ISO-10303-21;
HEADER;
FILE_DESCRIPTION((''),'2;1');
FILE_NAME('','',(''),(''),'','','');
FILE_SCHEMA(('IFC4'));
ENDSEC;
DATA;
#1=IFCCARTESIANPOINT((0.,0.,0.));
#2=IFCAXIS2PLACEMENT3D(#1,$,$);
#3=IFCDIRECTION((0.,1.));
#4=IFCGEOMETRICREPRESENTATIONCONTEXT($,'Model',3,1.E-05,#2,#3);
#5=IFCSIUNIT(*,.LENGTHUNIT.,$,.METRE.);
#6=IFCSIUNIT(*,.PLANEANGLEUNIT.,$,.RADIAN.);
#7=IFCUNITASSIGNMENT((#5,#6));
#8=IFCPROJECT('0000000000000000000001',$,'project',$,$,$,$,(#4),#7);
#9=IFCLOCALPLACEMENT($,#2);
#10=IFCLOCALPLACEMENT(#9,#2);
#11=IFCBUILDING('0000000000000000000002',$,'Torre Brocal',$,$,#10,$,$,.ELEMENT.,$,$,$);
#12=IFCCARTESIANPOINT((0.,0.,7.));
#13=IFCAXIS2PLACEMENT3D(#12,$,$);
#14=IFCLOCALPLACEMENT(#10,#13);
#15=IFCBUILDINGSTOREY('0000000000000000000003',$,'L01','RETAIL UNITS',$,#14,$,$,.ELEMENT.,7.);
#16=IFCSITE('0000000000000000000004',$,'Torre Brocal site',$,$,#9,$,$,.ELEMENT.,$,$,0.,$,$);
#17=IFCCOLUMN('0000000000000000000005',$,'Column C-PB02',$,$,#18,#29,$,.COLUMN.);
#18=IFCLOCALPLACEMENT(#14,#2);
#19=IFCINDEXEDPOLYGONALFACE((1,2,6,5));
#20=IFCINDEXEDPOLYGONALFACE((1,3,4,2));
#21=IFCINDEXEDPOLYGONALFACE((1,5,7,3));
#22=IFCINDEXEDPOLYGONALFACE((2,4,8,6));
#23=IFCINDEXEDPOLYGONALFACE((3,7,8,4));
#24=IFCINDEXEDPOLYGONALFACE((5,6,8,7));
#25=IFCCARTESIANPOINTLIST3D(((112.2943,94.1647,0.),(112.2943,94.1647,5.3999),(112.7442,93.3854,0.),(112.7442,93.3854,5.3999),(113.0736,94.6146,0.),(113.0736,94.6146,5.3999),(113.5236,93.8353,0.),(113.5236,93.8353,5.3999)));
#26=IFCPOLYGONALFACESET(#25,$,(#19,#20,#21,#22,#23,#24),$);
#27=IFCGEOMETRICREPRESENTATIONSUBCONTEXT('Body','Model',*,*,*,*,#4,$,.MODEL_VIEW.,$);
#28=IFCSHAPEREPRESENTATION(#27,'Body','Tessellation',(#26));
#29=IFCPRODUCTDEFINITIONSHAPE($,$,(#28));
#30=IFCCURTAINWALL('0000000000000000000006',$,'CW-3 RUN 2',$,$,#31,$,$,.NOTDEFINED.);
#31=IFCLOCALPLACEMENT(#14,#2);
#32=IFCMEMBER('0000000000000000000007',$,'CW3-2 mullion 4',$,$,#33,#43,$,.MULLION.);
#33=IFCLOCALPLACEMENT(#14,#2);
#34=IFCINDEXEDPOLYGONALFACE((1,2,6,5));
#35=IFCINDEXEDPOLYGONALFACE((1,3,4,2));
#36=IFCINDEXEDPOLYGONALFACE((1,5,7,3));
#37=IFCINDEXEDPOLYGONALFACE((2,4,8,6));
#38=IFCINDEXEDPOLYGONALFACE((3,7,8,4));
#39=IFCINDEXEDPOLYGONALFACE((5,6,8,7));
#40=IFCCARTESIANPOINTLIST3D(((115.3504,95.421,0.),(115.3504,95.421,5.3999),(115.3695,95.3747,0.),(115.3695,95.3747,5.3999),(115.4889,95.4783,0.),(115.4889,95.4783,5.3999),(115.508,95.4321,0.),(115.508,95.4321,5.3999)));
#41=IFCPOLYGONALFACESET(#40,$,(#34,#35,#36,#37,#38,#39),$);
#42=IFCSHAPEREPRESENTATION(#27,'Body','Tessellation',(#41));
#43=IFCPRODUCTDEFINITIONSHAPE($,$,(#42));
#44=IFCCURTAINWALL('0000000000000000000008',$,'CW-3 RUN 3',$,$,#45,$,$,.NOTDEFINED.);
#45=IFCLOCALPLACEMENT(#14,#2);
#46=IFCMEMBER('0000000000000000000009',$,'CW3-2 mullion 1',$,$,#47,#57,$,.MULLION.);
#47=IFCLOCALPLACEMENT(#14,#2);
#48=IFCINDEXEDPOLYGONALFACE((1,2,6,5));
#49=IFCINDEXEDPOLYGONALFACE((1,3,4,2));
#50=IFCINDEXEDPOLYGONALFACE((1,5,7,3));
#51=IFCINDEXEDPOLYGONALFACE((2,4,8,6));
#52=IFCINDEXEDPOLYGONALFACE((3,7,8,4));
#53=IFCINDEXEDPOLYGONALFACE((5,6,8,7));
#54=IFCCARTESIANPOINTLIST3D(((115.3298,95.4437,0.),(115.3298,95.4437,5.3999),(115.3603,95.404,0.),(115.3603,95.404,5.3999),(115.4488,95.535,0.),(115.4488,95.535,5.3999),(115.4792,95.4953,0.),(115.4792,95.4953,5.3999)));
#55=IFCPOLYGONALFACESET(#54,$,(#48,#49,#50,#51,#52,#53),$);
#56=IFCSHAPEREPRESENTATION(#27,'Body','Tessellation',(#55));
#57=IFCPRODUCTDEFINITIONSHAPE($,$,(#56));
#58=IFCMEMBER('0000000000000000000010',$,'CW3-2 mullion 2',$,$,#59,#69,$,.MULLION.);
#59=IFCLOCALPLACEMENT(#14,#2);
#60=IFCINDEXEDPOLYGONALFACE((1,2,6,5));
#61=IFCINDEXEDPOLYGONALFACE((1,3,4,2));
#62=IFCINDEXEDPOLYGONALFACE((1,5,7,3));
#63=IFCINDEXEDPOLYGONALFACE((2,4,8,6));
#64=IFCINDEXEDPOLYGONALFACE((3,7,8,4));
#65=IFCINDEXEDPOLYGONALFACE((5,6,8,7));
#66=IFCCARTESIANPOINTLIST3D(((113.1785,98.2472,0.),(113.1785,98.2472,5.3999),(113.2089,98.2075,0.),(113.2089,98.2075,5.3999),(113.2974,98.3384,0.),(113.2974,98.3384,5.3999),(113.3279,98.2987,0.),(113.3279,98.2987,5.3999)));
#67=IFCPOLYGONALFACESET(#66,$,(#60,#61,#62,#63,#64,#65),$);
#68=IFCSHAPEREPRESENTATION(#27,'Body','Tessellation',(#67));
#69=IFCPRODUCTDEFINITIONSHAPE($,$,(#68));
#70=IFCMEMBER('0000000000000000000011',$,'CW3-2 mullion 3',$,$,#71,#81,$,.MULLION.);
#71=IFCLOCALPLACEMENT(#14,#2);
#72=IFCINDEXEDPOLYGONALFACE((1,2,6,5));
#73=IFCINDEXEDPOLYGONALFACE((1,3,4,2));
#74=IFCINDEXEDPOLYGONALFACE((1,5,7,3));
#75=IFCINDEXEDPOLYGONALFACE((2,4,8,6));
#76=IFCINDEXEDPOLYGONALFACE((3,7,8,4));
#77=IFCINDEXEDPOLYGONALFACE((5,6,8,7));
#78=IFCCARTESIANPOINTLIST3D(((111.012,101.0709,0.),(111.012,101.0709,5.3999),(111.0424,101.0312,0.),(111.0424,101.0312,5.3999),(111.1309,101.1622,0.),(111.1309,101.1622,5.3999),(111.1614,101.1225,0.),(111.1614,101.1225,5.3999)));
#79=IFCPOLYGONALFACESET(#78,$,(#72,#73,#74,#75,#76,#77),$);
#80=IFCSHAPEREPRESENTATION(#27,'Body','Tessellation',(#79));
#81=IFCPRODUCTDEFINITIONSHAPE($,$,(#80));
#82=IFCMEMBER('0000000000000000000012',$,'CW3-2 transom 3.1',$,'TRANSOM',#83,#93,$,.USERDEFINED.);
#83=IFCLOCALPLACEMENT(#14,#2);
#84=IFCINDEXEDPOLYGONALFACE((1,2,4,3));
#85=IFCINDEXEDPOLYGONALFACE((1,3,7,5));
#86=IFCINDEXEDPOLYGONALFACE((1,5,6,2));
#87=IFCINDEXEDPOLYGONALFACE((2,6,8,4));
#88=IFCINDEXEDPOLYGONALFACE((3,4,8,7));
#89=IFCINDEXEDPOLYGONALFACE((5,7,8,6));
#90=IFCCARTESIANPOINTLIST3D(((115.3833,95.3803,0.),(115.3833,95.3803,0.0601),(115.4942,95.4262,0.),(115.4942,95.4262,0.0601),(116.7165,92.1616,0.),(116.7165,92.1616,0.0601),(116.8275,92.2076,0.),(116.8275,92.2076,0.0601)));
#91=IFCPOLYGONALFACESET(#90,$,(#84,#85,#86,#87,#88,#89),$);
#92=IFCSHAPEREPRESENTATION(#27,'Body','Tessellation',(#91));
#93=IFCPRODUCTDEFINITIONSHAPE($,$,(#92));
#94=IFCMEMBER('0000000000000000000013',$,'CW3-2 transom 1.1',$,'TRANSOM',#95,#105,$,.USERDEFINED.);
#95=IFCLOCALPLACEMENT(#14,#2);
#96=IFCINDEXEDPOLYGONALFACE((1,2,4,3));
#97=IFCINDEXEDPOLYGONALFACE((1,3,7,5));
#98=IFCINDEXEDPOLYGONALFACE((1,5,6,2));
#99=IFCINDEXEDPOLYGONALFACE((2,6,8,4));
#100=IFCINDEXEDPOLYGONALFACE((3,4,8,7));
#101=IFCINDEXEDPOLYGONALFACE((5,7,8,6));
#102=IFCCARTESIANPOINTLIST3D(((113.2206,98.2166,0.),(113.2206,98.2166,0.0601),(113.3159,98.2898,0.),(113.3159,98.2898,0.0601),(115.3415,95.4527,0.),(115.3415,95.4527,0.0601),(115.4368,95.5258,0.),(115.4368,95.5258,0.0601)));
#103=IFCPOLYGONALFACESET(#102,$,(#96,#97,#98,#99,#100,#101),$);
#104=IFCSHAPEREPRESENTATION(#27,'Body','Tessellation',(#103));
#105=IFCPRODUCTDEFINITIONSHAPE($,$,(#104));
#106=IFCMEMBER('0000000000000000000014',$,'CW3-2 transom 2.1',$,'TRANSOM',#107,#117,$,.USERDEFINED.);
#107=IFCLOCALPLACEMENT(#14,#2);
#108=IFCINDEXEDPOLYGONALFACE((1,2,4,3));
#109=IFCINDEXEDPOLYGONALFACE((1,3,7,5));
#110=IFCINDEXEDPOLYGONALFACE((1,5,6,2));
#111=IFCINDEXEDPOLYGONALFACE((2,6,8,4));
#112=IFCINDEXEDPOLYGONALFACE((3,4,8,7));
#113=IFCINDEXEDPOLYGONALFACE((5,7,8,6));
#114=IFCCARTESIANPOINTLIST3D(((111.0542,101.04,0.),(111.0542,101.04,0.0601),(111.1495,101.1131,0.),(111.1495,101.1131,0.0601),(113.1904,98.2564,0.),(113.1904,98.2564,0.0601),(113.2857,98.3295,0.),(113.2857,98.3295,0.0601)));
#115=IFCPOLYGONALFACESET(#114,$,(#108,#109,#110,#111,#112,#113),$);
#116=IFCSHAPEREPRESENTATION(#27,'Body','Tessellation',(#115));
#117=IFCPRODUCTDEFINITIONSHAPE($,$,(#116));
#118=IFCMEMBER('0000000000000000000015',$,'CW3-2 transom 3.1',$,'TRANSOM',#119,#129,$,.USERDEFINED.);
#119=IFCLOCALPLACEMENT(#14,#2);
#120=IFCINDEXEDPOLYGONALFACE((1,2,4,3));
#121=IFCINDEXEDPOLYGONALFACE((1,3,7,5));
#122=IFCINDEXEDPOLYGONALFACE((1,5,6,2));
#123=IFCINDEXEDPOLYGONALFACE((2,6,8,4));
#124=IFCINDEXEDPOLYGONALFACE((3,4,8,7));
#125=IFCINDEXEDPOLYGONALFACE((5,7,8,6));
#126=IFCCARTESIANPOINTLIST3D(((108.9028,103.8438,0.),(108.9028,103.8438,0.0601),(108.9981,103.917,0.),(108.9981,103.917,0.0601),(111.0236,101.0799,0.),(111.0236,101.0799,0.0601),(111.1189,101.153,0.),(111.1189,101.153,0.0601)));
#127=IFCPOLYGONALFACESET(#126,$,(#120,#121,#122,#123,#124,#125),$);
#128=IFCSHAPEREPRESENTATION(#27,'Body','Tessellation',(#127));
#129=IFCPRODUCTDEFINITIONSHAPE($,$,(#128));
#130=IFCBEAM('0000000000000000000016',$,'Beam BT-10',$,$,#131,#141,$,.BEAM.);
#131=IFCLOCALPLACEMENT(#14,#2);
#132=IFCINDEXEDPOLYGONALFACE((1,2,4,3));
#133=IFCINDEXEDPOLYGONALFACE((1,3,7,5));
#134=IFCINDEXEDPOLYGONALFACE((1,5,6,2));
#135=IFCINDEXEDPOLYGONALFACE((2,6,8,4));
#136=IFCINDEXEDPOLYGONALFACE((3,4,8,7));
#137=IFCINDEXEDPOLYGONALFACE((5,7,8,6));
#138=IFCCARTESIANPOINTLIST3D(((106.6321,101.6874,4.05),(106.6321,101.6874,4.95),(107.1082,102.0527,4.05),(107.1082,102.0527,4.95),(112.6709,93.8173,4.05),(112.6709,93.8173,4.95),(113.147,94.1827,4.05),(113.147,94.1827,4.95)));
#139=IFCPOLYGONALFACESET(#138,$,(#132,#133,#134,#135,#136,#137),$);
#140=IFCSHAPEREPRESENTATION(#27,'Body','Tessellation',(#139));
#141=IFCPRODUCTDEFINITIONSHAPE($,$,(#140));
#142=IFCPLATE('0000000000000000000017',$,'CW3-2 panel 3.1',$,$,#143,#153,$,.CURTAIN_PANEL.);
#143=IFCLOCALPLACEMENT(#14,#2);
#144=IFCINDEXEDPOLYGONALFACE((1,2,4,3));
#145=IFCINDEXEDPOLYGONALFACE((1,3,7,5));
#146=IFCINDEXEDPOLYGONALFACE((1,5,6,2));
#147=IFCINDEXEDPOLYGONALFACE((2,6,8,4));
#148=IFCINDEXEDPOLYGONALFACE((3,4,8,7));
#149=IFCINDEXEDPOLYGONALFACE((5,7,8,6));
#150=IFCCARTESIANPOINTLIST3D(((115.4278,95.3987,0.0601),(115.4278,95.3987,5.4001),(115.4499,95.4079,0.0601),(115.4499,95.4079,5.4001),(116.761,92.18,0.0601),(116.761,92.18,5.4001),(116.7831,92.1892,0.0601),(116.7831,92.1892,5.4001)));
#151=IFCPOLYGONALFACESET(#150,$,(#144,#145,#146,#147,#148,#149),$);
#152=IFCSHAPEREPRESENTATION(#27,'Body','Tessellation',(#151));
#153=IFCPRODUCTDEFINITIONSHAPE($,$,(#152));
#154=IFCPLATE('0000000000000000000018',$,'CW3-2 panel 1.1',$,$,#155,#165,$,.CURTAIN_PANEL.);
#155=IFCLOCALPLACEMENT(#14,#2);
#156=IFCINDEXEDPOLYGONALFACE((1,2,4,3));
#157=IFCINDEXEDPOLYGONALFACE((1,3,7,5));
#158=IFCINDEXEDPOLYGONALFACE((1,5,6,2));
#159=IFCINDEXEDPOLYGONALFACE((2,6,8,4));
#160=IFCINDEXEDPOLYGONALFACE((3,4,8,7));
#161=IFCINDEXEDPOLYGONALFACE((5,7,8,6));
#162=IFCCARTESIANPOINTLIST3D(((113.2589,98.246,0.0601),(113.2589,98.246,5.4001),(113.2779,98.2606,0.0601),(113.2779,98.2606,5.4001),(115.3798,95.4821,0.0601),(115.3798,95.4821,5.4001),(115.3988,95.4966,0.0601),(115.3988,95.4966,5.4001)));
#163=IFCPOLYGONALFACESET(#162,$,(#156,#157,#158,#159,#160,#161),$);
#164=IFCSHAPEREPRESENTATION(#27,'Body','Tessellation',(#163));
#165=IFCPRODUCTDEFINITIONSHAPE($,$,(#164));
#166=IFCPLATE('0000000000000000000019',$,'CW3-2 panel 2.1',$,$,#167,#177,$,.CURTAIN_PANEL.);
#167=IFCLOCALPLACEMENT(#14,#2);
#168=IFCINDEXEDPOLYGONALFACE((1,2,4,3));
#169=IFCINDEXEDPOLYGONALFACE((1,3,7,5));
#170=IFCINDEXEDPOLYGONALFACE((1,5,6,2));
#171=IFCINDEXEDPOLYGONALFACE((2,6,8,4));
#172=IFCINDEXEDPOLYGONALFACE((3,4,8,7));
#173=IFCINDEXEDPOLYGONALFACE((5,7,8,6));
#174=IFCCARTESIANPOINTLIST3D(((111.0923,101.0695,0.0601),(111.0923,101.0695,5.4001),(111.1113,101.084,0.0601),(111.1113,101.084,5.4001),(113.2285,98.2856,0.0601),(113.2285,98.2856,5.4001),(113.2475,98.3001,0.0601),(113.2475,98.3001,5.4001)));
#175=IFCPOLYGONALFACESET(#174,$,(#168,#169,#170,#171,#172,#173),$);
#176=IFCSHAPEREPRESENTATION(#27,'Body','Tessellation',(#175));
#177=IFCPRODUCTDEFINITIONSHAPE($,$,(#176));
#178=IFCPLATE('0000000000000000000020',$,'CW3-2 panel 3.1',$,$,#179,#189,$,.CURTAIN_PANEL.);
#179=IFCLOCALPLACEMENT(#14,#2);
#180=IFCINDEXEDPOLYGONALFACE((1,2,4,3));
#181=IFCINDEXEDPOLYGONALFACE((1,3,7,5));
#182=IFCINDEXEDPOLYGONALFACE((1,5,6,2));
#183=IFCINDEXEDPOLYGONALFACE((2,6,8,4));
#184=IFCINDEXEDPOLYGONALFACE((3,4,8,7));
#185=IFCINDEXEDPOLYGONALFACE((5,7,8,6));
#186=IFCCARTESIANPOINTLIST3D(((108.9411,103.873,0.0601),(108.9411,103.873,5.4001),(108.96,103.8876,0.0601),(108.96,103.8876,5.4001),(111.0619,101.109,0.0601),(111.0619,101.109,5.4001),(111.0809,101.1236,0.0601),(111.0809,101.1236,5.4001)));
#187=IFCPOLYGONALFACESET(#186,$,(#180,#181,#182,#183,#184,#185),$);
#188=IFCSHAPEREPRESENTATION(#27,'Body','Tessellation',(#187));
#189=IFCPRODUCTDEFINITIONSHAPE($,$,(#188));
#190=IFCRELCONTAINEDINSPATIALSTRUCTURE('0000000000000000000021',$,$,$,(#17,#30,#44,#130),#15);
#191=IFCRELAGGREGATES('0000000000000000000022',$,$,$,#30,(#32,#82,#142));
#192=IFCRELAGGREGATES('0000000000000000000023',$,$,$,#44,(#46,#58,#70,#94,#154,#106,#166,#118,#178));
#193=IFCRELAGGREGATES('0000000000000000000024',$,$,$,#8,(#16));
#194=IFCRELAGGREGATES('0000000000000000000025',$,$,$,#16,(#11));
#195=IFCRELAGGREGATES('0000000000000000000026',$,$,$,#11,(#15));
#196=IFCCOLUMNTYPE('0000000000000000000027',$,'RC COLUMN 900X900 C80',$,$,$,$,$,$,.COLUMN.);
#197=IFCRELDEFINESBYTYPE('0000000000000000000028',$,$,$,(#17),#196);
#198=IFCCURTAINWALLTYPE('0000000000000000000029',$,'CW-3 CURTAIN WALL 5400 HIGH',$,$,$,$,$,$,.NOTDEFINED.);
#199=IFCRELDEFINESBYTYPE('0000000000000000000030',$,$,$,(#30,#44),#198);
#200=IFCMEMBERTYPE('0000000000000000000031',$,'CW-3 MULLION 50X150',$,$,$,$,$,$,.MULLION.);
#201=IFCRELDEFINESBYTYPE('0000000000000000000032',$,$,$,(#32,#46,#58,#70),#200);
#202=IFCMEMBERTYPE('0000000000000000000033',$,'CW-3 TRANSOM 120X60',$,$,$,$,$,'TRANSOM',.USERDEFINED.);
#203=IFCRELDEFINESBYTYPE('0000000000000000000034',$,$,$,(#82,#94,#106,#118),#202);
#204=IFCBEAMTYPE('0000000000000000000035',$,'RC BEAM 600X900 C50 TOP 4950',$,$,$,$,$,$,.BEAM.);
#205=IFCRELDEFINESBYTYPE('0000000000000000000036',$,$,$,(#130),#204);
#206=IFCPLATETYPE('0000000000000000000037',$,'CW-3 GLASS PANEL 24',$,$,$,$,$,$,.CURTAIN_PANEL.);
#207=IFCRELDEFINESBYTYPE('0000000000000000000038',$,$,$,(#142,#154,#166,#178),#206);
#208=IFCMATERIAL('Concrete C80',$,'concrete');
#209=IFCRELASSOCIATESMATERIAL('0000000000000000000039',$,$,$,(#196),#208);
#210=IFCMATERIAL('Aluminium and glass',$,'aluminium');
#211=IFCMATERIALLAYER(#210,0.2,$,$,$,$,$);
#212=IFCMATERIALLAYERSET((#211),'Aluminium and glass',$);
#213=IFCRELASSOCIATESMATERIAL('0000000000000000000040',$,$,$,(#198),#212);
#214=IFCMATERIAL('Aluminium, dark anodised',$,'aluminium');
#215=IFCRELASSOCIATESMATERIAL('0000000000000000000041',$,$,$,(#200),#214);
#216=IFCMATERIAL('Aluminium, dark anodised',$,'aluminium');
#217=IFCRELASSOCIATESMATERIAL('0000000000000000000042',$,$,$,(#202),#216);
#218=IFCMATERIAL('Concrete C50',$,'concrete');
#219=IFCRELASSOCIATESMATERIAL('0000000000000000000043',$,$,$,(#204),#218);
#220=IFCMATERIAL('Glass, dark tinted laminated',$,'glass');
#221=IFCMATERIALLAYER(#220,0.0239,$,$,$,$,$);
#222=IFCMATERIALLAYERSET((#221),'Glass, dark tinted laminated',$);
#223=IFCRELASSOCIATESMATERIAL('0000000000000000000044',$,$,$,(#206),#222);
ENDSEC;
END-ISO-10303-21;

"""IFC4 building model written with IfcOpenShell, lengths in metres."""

from ifc_helpers import new_model, si_unit, direction, frame, origin, origin_2d, place, context, subcontext, project, spatial, rectangle, extrude, material, layer, layer_set, material_profile, profile_set, type_object, element, aggregate, save


model = new_model("IFC4")

# Units and contexts
model_context = context("Model", 3, precision=1e-05, world=origin(), true_north=direction((0.0, 1.0)))
body_context = subcontext(model_context, "Body", "Model", "MODEL_VIEW")
ifc_project = project(units=[si_unit("LENGTHUNIT", "METRE"), si_unit("PLANEANGLEUNIT", "RADIAN")], contexts=[model_context])

# Site, building, storey
site_placement = place(None, origin())
site = spatial("IfcSite", under=ifc_project, at=site_placement, Name="Torre Brocal site", CompositionType="ELEMENT", RefElevation=0.0)
building_placement = place(site_placement, origin())
building = spatial("IfcBuilding", under=site, at=building_placement, Name="Torre Brocal", CompositionType="ELEMENT")
storey_placement = place(building_placement, frame((0.0, 0.0, 7.0)))
storey = spatial("IfcBuildingStorey", under=building, at=storey_placement, Name="L01", Description="RETAIL UNITS", CompositionType="ELEMENT", Elevation=7.0)

# Column
ifc_material_1 = material(Name="Concrete C80", Category="concrete")
ifc_material_profile_1 = material_profile(ifc_material_1, rectangle(XDim=0.8999, YDim=0.8999, at=origin_2d()), Name="RC 900X900")
ifc_profile_set_1 = profile_set([ifc_material_profile_1], Name="Concrete C80")
column_type = type_object("IfcColumnType", Name="RC COLUMN 900X900 C80", PredefinedType="COLUMN", material=ifc_profile_set_1)
column_placement = place(storey_placement, frame((112.9089, 94.0, 0.0), z_axis=(0.0, 0.0, 1.0), x_axis=(0.866025, 0.5, 0.0)))
element("IfcColumn", 1, at=column_placement, inside=storey, type_object=column_type, Name="Column C-PB02", PredefinedType="COLUMN", context=body_context, shape_type="SweptSolid", body=[
    extrude(rectangle(XDim=0.8999, YDim=0.8999, at=origin_2d()), origin(), (0.0, 0.0, 1.0), 5.3999),
])

# Curtain wall, member
ifc_material_2 = material(Name="Aluminium and glass", Category="aluminium")
ifc_layer_1 = layer(ifc_material_2, 0.2)
ifc_layer_set_1 = layer_set([ifc_layer_1], Name="Aluminium and glass")
curtain_wall_type = type_object("IfcCurtainWallType", Name="CW-3 CURTAIN WALL 5400 HIGH", PredefinedType="NOTDEFINED", material=ifc_layer_set_1)
curtain_wall_1_placement = place(storey_placement, origin())
curtain_wall_1 = element("IfcCurtainWall", 2, at=curtain_wall_1_placement, inside=storey, type_object=curtain_wall_type, Name="CW-3 RUN 2", PredefinedType="NOTDEFINED")
ifc_material_3 = material(Name="Aluminium, dark anodised", Category="aluminium")
ifc_material_profile_2 = material_profile(ifc_material_3, rectangle(XDim=0.1499, YDim=0.05, at=origin_2d()), Name="CW-3 MULLION 50X150")
ifc_profile_set_2 = profile_set([ifc_material_profile_2], Name="Aluminium, dark anodised")
member_type_1 = type_object("IfcMemberType", Name="CW-3 MULLION 50X150", PredefinedType="MULLION", material=ifc_profile_set_2)
member_1_placement = place(storey_placement, frame((115.4292, 95.4265, 0.0), z_axis=(0.0, 0.0, 1.0), x_axis=(-0.92388, -0.382683, 0.0)))
member_1 = element("IfcMember", 3, at=member_1_placement, type_object=member_type_1, Name="CW3-2 mullion 4", PredefinedType="MULLION", context=body_context, shape_type="SweptSolid", body=[
    extrude(rectangle(XDim=0.1499, YDim=0.05, at=origin_2d()), origin(), (0.0, 0.0, 1.0), 5.3999),
])

# Curtain wall, members
curtain_wall_2_placement = place(storey_placement, origin())
curtain_wall_2 = element("IfcCurtainWall", 4, at=curtain_wall_2_placement, inside=storey, type_object=curtain_wall_type, Name="CW-3 RUN 3", PredefinedType="NOTDEFINED")
member_2_placement = place(storey_placement, frame((115.4045, 95.4695, 0.0), z_axis=(0.0, 0.0, 1.0), x_axis=(-0.793353, -0.608761, 0.0)))
member_2 = element("IfcMember", 5, at=member_2_placement, type_object=member_type_1, Name="CW3-2 mullion 1", PredefinedType="MULLION", context=body_context, shape_type="SweptSolid", body=[
    extrude(rectangle(XDim=0.1499, YDim=0.05, at=origin_2d()), origin(), (0.0, 0.0, 1.0), 5.3999),
])
member_3_placement = place(storey_placement, frame((113.2532, 98.2729, 0.0), z_axis=(0.0, 0.0, 1.0), x_axis=(-0.793353, -0.608761, 0.0)))
member_3 = element("IfcMember", 6, at=member_3_placement, type_object=member_type_1, Name="CW3-2 mullion 2", PredefinedType="MULLION", context=body_context, shape_type="SweptSolid", body=[
    extrude(rectangle(XDim=0.1499, YDim=0.05, at=origin_2d()), origin(), (0.0, 0.0, 1.0), 5.3999),
])
member_4_placement = place(storey_placement, frame((111.0867, 101.0967, 0.0), z_axis=(0.0, 0.0, 1.0), x_axis=(-0.793353, -0.608761, 0.0)))
member_4 = element("IfcMember", 7, at=member_4_placement, type_object=member_type_1, Name="CW3-2 mullion 3", PredefinedType="MULLION", context=body_context, shape_type="SweptSolid", body=[
    extrude(rectangle(XDim=0.1499, YDim=0.05, at=origin_2d()), origin(), (0.0, 0.0, 1.0), 5.3999),
])

# Members
ifc_material_4 = material(Name="Aluminium, dark anodised", Category="aluminium")
ifc_material_profile_3 = material_profile(ifc_material_4, rectangle(XDim=0.1201, YDim=0.0601, at=origin_2d()), Name="CW-3 TRANSOM 120X60")
ifc_profile_set_3 = profile_set([ifc_material_profile_3], Name="Aluminium, dark anodised")
member_type_2 = type_object("IfcMemberType", Name="CW-3 TRANSOM 120X60", ElementType="TRANSOM", PredefinedType="USERDEFINED", material=ifc_profile_set_3)
member_5_placement = place(storey_placement, frame((116.772, 92.1846, 0.03), z_axis=(-0.382684, 0.923879, 0.0), x_axis=(-0.923879, -0.382684, 0.0)))
member_5 = element("IfcMember", 8, at=member_5_placement, type_object=member_type_2, Name="CW3-2 transom 3.1", ObjectType="TRANSOM", PredefinedType="USERDEFINED", context=body_context, shape_type="SweptSolid", body=[
    extrude(rectangle(XDim=0.1201, YDim=0.0601, at=origin_2d()), origin(), (0.0, 0.0, 1.0), 3.4839),
])
member_6_placement = place(storey_placement, frame((115.3892, 95.4893, 0.03), z_axis=(-0.608765, 0.79335, 0.0), x_axis=(-0.79335, -0.608765, 0.0)))
member_6 = element("IfcMember", 9, at=member_6_placement, type_object=member_type_2, Name="CW3-2 transom 1.1", ObjectType="TRANSOM", PredefinedType="USERDEFINED", context=body_context, shape_type="SweptSolid", body=[
    extrude(rectangle(XDim=0.1201, YDim=0.0601, at=origin_2d()), origin(), (0.0, 0.0, 1.0), 3.4839),
])
member_7_placement = place(storey_placement, frame((113.238, 98.293, 0.03), z_axis=(-0.608802, 0.793322, 0.0), x_axis=(-0.793322, -0.608802, 0.0)))
member_7 = element("IfcMember", 10, at=member_7_placement, type_object=member_type_2, Name="CW3-2 transom 2.1", ObjectType="TRANSOM", PredefinedType="USERDEFINED", context=body_context, shape_type="SweptSolid", body=[
    extrude(rectangle(XDim=0.1201, YDim=0.0601, at=origin_2d()), origin(), (0.0, 0.0, 1.0), 3.5088),
])
member_8_placement = place(storey_placement, frame((111.0713, 101.1165, 0.03), z_axis=(-0.608765, 0.79335, 0.0), x_axis=(-0.79335, -0.608765, 0.0)))
member_8 = element("IfcMember", 11, at=member_8_placement, type_object=member_type_2, Name="CW3-2 transom 3.1", ObjectType="TRANSOM", PredefinedType="USERDEFINED", context=body_context, shape_type="SweptSolid", body=[
    extrude(rectangle(XDim=0.1201, YDim=0.0601, at=origin_2d()), origin(), (0.0, 0.0, 1.0), 3.4839),
])

# Beam
ifc_material_5 = material(Name="Concrete C50", Category="concrete")
ifc_material_profile_4 = material_profile(ifc_material_5, rectangle(XDim=0.6001, YDim=0.8999, at=origin_2d()), Name="RC 600X900")
ifc_profile_set_4 = profile_set([ifc_material_profile_4], Name="Concrete C50")
beam_type = type_object("IfcBeamType", Name="RC BEAM 600X900 C50 TOP 4950", PredefinedType="BEAM", material=ifc_profile_set_4)
beam_placement = place(storey_placement, frame((112.9089, 94.0, 4.5), z_axis=(-0.608753, 0.79336, 0.0), x_axis=(-0.79336, -0.608753, 0.0)))
element("IfcBeam", 12, at=beam_placement, inside=storey, type_object=beam_type, Name="Beam BT-10", PredefinedType="BEAM", context=body_context, shape_type="SweptSolid", body=[
    extrude(rectangle(XDim=0.6001, YDim=0.8999, at=origin_2d()), origin(), (0.0, 0.0, 1.0), 9.9199),
])

# Plates
ifc_material_6 = material(Name="Glass, dark tinted laminated", Category="glass")
ifc_layer_2 = layer(ifc_material_6, 0.0239)
ifc_layer_set_2 = layer_set([ifc_layer_2], Name="Glass, dark tinted laminated")
plate_type = type_object("IfcPlateType", Name="CW-3 GLASS PANEL 24", PredefinedType="CURTAIN_PANEL", material=ifc_layer_set_2)
plate_1_placement = place(storey_placement, frame((116.1055, 93.7939, 0.0601), z_axis=(0.0, 0.0, 1.0), x_axis=(-0.382683, 0.92388, 0.0)))
plate_1 = element("IfcPlate", 13, at=plate_1_placement, type_object=plate_type, Name="CW3-2 panel 3.1", PredefinedType="CURTAIN_PANEL", context=body_context, shape_type="SweptSolid", body=[
    extrude(rectangle(XDim=3.4839, YDim=0.0239, at=origin_2d()), origin(), (0.0, 0.0, 1.0), 5.3401),
])
aggregate(curtain_wall_1, [member_1, member_5, plate_1])
plate_2_placement = place(storey_placement, frame((114.3289, 96.8713, 0.0601), z_axis=(0.0, 0.0, 1.0), x_axis=(-0.608761, 0.793353, 0.0)))
plate_2 = element("IfcPlate", 14, at=plate_2_placement, type_object=plate_type, Name="CW3-2 panel 1.1", PredefinedType="CURTAIN_PANEL", context=body_context, shape_type="SweptSolid", body=[
    extrude(rectangle(XDim=3.4839, YDim=0.0239, at=origin_2d()), origin(), (0.0, 0.0, 1.0), 5.3401),
])
plate_3_placement = place(storey_placement, frame((112.1699, 99.6848, 0.0601), z_axis=(0.0, 0.0, 1.0), x_axis=(-0.608761, 0.793353, 0.0)))
plate_3 = element("IfcPlate", 15, at=plate_3_placement, type_object=plate_type, Name="CW3-2 panel 2.1", PredefinedType="CURTAIN_PANEL", context=body_context, shape_type="SweptSolid", body=[
    extrude(rectangle(XDim=3.509, YDim=0.0239, at=origin_2d()), origin(), (0.0, 0.0, 1.0), 5.3401),
])
plate_4_placement = place(storey_placement, frame((110.011, 102.4983, 0.0601), z_axis=(0.0, 0.0, 1.0), x_axis=(-0.608761, 0.793353, 0.0)))
plate_4 = element("IfcPlate", 16, at=plate_4_placement, type_object=plate_type, Name="CW3-2 panel 3.1", PredefinedType="CURTAIN_PANEL", context=body_context, shape_type="SweptSolid", body=[
    extrude(rectangle(XDim=3.4839, YDim=0.0239, at=origin_2d()), origin(), (0.0, 0.0, 1.0), 5.3401),
])
aggregate(curtain_wall_2, [member_2, member_3, member_4, member_6, plate_2, member_7, plate_3, member_8, plate_4])

save(model, "model.ifc")
